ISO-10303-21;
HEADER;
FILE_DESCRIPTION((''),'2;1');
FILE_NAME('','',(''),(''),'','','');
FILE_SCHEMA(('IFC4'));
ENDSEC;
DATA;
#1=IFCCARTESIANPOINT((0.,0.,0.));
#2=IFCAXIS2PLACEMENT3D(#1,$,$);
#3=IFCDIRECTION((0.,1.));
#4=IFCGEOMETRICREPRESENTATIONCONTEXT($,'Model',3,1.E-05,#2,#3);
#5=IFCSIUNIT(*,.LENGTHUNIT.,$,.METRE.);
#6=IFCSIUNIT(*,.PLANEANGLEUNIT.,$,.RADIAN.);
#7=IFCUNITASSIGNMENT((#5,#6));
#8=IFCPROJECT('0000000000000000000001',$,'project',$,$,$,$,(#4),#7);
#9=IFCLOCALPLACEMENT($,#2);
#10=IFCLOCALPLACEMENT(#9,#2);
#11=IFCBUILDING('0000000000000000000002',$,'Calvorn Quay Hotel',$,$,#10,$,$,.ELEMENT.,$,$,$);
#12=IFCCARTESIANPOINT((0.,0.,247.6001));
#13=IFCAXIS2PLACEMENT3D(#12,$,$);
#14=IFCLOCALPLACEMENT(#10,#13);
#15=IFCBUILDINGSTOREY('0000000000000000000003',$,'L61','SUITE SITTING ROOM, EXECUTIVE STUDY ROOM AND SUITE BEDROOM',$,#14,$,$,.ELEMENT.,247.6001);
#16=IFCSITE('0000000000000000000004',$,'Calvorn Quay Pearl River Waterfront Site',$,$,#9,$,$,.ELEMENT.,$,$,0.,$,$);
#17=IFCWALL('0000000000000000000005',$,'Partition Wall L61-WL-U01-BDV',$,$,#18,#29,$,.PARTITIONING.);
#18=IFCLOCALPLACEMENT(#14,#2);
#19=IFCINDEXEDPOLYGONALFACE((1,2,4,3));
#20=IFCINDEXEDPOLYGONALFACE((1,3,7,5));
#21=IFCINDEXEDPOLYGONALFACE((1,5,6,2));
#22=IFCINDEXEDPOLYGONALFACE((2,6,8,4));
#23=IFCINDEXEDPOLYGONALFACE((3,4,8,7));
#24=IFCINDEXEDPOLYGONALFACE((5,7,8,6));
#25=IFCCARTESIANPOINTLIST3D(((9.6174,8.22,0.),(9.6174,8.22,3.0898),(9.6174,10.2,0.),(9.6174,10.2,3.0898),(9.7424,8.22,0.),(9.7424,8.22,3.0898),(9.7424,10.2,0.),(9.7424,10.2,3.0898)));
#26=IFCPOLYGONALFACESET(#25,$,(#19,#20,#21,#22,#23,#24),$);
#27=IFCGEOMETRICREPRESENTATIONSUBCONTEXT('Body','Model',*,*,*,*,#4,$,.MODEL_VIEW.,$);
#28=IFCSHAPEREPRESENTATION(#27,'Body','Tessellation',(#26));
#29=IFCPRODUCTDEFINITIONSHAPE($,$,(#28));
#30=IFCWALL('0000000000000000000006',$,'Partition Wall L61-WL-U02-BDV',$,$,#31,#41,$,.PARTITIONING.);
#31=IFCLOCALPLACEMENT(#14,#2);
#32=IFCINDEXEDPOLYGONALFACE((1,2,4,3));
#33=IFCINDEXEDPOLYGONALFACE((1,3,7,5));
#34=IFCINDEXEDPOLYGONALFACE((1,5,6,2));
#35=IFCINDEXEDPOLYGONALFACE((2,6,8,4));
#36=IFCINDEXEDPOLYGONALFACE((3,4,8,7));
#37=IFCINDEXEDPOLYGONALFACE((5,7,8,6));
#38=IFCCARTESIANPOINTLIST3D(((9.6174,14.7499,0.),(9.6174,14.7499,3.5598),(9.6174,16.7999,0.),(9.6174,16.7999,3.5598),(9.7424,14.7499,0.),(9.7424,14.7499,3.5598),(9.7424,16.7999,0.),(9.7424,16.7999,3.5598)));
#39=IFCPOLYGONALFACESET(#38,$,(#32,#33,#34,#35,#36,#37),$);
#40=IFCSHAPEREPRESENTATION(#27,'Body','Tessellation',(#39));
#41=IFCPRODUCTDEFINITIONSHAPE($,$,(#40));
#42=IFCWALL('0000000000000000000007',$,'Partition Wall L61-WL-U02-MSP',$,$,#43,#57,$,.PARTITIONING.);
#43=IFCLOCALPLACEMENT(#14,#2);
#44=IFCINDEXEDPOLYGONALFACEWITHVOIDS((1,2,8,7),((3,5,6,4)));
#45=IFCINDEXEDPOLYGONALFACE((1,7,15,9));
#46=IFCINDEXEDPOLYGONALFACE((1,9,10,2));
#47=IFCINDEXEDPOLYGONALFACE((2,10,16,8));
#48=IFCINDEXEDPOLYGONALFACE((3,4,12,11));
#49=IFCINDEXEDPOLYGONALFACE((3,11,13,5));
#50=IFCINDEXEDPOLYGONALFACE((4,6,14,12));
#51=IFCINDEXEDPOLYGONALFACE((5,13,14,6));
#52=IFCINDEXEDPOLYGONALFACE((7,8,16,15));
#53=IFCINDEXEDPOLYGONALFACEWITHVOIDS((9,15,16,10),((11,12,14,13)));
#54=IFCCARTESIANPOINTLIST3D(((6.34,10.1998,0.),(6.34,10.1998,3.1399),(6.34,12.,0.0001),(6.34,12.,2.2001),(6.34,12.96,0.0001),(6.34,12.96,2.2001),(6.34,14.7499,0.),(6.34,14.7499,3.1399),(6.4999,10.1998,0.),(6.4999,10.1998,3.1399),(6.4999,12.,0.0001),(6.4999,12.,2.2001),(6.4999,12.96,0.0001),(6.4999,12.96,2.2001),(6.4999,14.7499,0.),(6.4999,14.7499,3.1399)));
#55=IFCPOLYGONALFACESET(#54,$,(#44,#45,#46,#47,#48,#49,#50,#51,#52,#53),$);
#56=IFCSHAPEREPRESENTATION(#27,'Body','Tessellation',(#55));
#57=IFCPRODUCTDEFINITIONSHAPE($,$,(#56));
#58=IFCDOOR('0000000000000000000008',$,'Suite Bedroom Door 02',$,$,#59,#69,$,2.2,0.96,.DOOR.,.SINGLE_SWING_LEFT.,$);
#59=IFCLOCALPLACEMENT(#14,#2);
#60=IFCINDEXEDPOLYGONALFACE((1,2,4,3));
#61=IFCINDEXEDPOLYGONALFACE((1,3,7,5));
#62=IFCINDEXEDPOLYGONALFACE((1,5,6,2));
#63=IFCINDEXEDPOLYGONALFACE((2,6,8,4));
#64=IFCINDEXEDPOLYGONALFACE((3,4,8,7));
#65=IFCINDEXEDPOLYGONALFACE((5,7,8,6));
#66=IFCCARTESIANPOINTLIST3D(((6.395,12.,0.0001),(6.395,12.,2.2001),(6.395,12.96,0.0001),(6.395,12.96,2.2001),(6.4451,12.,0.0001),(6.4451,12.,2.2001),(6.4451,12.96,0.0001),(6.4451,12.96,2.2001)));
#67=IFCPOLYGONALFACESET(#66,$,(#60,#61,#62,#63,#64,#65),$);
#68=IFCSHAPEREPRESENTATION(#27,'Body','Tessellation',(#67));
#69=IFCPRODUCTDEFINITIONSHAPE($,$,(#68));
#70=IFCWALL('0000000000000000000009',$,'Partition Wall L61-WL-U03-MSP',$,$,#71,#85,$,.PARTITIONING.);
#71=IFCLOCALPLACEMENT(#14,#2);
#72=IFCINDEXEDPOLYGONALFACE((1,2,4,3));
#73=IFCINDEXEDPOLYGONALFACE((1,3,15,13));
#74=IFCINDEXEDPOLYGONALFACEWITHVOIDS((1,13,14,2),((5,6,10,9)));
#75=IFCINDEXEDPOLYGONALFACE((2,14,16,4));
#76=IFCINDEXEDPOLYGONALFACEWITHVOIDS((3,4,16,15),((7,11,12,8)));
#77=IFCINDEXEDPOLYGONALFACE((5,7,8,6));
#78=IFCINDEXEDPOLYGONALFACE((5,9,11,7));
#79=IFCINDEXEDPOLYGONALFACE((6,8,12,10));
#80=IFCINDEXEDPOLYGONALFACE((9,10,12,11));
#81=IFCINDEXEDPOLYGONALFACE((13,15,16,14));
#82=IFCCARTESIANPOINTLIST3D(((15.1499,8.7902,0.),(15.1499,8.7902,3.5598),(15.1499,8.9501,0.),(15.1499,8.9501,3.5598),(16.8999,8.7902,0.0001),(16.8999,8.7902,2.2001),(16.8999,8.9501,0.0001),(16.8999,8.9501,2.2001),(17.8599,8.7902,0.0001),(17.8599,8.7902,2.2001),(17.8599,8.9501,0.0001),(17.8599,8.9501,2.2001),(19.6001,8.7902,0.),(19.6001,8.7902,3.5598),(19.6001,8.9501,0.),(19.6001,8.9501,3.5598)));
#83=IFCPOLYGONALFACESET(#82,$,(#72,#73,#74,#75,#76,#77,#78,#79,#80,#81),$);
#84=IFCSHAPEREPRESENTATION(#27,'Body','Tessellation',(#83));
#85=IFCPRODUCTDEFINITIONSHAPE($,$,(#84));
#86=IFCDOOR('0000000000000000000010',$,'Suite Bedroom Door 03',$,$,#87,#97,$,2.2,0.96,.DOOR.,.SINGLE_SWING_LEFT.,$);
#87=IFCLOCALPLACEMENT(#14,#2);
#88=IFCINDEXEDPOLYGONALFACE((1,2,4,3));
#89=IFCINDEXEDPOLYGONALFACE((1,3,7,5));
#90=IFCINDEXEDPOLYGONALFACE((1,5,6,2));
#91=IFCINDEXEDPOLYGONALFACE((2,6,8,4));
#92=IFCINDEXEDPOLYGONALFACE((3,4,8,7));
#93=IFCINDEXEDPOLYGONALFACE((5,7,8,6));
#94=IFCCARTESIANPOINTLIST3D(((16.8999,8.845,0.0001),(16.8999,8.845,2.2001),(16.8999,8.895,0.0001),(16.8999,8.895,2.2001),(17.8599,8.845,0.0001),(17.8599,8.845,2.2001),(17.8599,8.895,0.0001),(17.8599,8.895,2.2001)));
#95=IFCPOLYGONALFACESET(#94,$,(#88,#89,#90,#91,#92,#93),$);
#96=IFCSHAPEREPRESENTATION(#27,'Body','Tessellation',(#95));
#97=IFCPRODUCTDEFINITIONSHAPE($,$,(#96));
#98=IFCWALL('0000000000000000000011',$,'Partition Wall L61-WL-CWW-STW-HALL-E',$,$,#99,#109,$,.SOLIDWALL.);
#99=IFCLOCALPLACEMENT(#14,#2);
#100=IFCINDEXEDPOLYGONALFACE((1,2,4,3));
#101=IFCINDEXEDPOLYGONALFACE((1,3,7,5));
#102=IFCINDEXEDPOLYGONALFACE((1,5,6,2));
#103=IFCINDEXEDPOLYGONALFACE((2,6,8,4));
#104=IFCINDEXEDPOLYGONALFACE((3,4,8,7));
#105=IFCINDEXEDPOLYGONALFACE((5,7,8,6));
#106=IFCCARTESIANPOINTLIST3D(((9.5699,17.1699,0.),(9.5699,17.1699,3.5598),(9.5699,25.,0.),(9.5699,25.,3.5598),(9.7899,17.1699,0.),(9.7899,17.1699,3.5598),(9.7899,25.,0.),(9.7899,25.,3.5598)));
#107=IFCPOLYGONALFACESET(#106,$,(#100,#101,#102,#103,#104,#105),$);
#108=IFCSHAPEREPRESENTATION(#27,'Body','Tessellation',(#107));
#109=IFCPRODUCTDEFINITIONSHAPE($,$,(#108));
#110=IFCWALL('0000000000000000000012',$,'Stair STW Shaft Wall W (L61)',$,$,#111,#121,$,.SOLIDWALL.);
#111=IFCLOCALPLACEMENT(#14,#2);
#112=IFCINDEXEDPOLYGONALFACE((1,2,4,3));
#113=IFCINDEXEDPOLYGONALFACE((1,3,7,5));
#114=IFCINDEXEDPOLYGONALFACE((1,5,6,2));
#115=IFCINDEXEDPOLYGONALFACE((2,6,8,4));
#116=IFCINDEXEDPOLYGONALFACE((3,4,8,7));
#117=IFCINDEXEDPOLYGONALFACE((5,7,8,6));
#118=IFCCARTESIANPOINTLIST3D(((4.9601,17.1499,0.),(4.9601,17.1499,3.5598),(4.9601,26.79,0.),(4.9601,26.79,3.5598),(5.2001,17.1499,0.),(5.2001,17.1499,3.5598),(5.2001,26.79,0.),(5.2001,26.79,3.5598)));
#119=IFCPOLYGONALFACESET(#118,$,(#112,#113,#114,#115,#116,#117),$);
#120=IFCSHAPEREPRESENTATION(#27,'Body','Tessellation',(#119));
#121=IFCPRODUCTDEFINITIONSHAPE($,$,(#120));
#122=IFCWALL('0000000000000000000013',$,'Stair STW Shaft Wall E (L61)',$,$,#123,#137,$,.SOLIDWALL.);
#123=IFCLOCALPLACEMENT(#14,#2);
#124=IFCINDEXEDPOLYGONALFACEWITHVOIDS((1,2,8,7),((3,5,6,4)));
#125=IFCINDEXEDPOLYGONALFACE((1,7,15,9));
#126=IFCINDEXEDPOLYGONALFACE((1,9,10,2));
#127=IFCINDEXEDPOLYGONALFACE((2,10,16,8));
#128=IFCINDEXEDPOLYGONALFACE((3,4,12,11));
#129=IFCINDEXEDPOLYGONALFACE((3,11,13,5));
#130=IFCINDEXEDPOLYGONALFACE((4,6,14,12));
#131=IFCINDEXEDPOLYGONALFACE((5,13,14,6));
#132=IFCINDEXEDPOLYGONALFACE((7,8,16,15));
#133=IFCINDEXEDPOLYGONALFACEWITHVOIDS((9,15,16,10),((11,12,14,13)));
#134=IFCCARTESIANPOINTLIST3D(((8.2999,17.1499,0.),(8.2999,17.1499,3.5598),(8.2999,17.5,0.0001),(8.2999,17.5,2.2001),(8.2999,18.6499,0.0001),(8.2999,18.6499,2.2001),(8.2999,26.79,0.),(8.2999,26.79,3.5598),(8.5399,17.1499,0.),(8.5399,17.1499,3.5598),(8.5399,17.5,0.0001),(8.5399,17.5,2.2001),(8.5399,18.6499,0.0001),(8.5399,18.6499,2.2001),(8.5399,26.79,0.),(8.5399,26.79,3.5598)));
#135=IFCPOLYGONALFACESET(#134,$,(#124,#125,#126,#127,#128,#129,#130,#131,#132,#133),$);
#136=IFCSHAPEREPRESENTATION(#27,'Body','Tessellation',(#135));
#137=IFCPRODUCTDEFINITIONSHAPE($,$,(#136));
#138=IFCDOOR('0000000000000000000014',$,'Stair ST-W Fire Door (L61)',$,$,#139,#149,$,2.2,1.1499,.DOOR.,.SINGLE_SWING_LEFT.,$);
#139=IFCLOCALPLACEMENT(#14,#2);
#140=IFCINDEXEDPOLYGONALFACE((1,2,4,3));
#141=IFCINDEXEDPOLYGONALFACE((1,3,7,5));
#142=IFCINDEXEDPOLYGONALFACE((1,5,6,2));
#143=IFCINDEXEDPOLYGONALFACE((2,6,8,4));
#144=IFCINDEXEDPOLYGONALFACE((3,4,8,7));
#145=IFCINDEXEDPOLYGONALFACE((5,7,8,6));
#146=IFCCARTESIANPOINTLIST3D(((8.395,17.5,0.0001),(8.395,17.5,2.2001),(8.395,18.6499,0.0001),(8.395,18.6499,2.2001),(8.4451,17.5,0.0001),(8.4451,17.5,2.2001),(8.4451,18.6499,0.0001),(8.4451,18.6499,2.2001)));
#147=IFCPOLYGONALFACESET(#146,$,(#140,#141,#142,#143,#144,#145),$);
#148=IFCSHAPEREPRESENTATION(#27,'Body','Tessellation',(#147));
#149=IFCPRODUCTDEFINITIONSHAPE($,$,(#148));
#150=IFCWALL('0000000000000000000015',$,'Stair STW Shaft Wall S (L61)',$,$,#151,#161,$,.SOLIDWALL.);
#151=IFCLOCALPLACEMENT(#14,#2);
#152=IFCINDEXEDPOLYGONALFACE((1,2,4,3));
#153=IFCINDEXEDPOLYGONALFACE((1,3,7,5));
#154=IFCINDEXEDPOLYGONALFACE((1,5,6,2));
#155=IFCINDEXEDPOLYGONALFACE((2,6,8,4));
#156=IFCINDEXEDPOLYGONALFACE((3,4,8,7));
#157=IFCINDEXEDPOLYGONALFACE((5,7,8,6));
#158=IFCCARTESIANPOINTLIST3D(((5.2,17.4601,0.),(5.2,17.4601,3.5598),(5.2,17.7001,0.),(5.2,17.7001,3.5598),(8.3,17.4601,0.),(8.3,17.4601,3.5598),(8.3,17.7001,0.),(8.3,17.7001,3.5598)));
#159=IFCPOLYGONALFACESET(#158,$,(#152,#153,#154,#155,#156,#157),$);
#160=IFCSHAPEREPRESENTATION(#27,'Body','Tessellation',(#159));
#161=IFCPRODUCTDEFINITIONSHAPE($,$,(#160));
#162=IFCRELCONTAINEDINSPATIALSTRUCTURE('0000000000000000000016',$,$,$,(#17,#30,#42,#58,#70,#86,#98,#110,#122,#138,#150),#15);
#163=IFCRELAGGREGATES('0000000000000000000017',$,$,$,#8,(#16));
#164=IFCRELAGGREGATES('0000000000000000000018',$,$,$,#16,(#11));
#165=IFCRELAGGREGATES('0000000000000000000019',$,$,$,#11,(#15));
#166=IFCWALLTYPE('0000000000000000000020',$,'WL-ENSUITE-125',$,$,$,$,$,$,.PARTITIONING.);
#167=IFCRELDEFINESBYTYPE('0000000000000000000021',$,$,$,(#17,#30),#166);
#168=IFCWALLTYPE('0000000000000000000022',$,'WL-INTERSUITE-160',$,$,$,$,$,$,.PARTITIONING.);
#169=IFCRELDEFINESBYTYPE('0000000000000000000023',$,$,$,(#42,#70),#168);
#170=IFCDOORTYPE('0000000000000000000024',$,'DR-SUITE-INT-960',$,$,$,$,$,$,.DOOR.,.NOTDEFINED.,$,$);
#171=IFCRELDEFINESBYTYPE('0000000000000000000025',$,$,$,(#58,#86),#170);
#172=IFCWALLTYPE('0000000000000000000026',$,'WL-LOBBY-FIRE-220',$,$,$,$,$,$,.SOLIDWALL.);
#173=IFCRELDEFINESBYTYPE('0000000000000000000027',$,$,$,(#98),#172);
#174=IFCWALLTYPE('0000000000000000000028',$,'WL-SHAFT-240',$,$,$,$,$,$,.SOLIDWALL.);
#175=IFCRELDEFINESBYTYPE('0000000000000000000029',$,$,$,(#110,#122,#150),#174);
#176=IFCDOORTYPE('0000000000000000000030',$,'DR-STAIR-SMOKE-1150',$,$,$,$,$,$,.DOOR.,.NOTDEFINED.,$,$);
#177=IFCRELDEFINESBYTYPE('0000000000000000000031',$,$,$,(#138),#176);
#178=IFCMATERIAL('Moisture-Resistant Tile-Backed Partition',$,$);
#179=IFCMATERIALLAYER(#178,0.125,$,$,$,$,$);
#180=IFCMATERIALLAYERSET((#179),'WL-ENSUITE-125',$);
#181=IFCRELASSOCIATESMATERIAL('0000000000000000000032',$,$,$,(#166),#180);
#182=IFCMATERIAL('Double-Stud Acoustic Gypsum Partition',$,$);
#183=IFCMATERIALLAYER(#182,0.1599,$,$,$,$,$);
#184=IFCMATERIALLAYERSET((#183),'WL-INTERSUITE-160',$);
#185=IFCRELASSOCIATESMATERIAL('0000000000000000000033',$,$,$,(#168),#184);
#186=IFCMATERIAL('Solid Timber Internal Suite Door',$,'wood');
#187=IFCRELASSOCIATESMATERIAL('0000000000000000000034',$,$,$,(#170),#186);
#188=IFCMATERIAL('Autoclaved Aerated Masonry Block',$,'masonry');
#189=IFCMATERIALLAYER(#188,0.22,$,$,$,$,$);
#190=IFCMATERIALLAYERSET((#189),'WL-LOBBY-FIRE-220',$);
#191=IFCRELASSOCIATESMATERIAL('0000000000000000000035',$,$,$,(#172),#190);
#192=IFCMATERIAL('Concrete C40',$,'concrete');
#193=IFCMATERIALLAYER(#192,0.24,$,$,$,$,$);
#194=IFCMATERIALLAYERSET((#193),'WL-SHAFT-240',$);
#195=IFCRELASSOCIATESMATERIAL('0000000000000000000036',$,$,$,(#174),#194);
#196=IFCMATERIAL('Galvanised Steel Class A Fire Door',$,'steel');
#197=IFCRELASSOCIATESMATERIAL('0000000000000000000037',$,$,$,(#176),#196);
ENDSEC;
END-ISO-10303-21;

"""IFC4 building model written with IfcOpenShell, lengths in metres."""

from ifc_helpers import new_model, si_unit, direction, frame, frame_2d, origin, place, context, subcontext, project, spatial, rectangle, extrude, material, layer, layer_set, type_object, element, fill, save


model = new_model("IFC4")

# Units and contexts
model_context = context("Model", 3, precision=1e-05, world=origin(), true_north=direction((0.0, 1.0)))
body_context = subcontext(model_context, "Body", "Model", "MODEL_VIEW")
ifc_project = project(units=[si_unit("LENGTHUNIT", "METRE"), si_unit("PLANEANGLEUNIT", "RADIAN")], contexts=[model_context])

# Site, building, storey
site_placement = place(None, origin())
site = spatial("IfcSite", under=ifc_project, at=site_placement, Name="Calvorn Quay Pearl River Waterfront Site", CompositionType="ELEMENT", RefElevation=0.0)
building_placement = place(site_placement, origin())
building = spatial("IfcBuilding", under=site, at=building_placement, Name="Calvorn Quay Hotel", CompositionType="ELEMENT")
storey_placement = place(building_placement, frame((0.0, 0.0, 247.6001)))
storey = spatial("IfcBuildingStorey", under=building, at=storey_placement, Name="L61", Description="SUITE SITTING ROOM, EXECUTIVE STUDY ROOM AND SUITE BEDROOM", CompositionType="ELEMENT", Elevation=247.6001)

# Walls
ifc_material_1 = material(Name="Moisture-Resistant Tile-Backed Partition")
ifc_layer_1 = layer(ifc_material_1, 0.125)
ifc_layer_set_1 = layer_set([ifc_layer_1], Name="WL-ENSUITE-125")
wall_type_1 = type_object("IfcWallType", Name="WL-ENSUITE-125", PredefinedType="PARTITIONING", material=ifc_layer_set_1)
wall_1_placement = place(storey_placement, frame((9.6799, 8.22, 0.0), z_axis=(0.0, 0.0, 1.0), x_axis=(0.0, 1.0, 0.0)))
element("IfcWall", 1, at=wall_1_placement, inside=storey, type_object=wall_type_1, Name="Partition Wall L61-WL-U01-BDV", PredefinedType="PARTITIONING", context=body_context, shape_type="SweptSolid", body=[
    extrude(rectangle(XDim=1.98, YDim=0.125, at=frame_2d((0.99, 0.0))), origin(), (0.0, 0.0, 1.0), 3.0898),
])
wall_2_placement = place(storey_placement, frame((9.6799, 14.75, 0.0), z_axis=(0.0, 0.0, 1.0), x_axis=(0.0, 1.0, 0.0)))
element("IfcWall", 2, at=wall_2_placement, inside=storey, type_object=wall_type_1, Name="Partition Wall L61-WL-U02-BDV", PredefinedType="PARTITIONING", context=body_context, shape_type="SweptSolid", body=[
    extrude(rectangle(XDim=2.05, YDim=0.125, at=frame_2d((1.0249, 0.0))), origin(), (0.0, 0.0, 1.0), 3.5598),
])

# Walls, openings, doors
ifc_material_2 = material(Name="Double-Stud Acoustic Gypsum Partition")
ifc_layer_2 = layer(ifc_material_2, 0.1599)
ifc_layer_set_2 = layer_set([ifc_layer_2], Name="WL-INTERSUITE-160")
wall_type_2 = type_object("IfcWallType", Name="WL-INTERSUITE-160", PredefinedType="PARTITIONING", material=ifc_layer_set_2)
wall_3_placement = place(storey_placement, frame((6.4199, 10.2, 0.0), z_axis=(0.0, 0.0, 1.0), x_axis=(0.0, 1.0, 0.0)))
wall_3 = element("IfcWall", 3, at=wall_3_placement, inside=storey, type_object=wall_type_2, Name="Partition Wall L61-WL-U02-MSP", PredefinedType="PARTITIONING", context=body_context, shape_type="SweptSolid", body=[
    extrude(rectangle(XDim=4.55, YDim=0.1599, at=frame_2d((2.2749, 0.0))), origin(), (0.0, 0.0, 1.0), 3.1399),
])
opening_1_placement = place(wall_3_placement, frame((1.8, 0.0, 0.0)))
opening_1 = element("IfcOpeningElement", 4, at=opening_1_placement, cuts=wall_3, PredefinedType="OPENING", context=body_context, shape_type="SweptSolid", body=[
    extrude(rectangle(XDim=0.96, YDim=2.2, at=frame_2d((0.48, 1.1001))), frame((0.0, 0.0898, 0.0), z_axis=(0.0, -1.0, 0.0), x_axis=(1.0, 0.0, 0.0)), (0.0, 0.0, 1.0), 0.1799),
])
ifc_material_3 = material(Name="Solid Timber Internal Suite Door", Category="wood")
door_type_1 = type_object("IfcDoorType", Name="DR-SUITE-INT-960", OperationType="NOTDEFINED", PredefinedType="DOOR", material=ifc_material_3)
door_1_placement = place(opening_1_placement, origin())
door_1 = element("IfcDoor", 5, at=door_1_placement, inside=storey, type_object=door_type_1, Name="Suite Bedroom Door 02", OperationType="SINGLE_SWING_LEFT", OverallHeight=2.2, OverallWidth=0.96, PredefinedType="DOOR", context=body_context, shape_type="SweptSolid", body=[
    extrude(rectangle(XDim=0.96, YDim=2.2, at=frame_2d((0.48, 1.1001))), frame((0.0, 0.0249, 0.0), z_axis=(0.0, -1.0, 0.0), x_axis=(1.0, 0.0, 0.0)), (0.0, 0.0, 1.0), 0.05),
])
fill(opening_1, door_1)
wall_4_placement = place(storey_placement, frame((15.1499, 8.8701, 0.0), z_axis=(0.0, 0.0, 1.0), x_axis=(1.0, 0.0, 0.0)))
wall_4 = element("IfcWall", 6, at=wall_4_placement, inside=storey, type_object=wall_type_2, Name="Partition Wall L61-WL-U03-MSP", PredefinedType="PARTITIONING", context=body_context, shape_type="SweptSolid", body=[
    extrude(rectangle(XDim=4.4502, YDim=0.1599, at=frame_2d((2.2251, 0.0))), origin(), (0.0, 0.0, 1.0), 3.5598),
])
opening_2_placement = place(wall_4_placement, frame((1.75, 0.0, 0.0)))
opening_2 = element("IfcOpeningElement", 7, at=opening_2_placement, cuts=wall_4, PredefinedType="OPENING", context=body_context, shape_type="SweptSolid", body=[
    extrude(rectangle(XDim=0.96, YDim=2.2, at=frame_2d((0.48, 1.1001))), frame((0.0, 0.0898, 0.0), z_axis=(0.0, -1.0, 0.0), x_axis=(1.0, 0.0, 0.0)), (0.0, 0.0, 1.0), 0.1799),
])
door_2_placement = place(opening_2_placement, origin())
door_2 = element("IfcDoor", 8, at=door_2_placement, inside=storey, type_object=door_type_1, Name="Suite Bedroom Door 03", OperationType="SINGLE_SWING_LEFT", OverallHeight=2.2, OverallWidth=0.96, PredefinedType="DOOR", context=body_context, shape_type="SweptSolid", body=[
    extrude(rectangle(XDim=0.96, YDim=2.2, at=frame_2d((0.48, 1.1001))), frame((0.0, 0.0249, 0.0), z_axis=(0.0, -1.0, 0.0), x_axis=(1.0, 0.0, 0.0)), (0.0, 0.0, 1.0), 0.05),
])
fill(opening_2, door_2)

# Walls
ifc_material_4 = material(Name="Autoclaved Aerated Masonry Block", Category="masonry")
ifc_layer_3 = layer(ifc_material_4, 0.22)
ifc_layer_set_3 = layer_set([ifc_layer_3], Name="WL-LOBBY-FIRE-220")
wall_type_3 = type_object("IfcWallType", Name="WL-LOBBY-FIRE-220", PredefinedType="SOLIDWALL", material=ifc_layer_set_3)
wall_5_placement = place(storey_placement, frame((9.6799, 17.1699, 0.0), z_axis=(0.0, 0.0, 1.0), x_axis=(0.0, 1.0, 0.0)))
element("IfcWall", 9, at=wall_5_placement, inside=storey, type_object=wall_type_3, Name="Partition Wall L61-WL-CWW-STW-HALL-E", PredefinedType="SOLIDWALL", context=body_context, shape_type="SweptSolid", body=[
    extrude(rectangle(XDim=7.8301, YDim=0.22, at=frame_2d((3.915, 0.0))), origin(), (0.0, 0.0, 1.0), 3.5598),
])
ifc_material_5 = material(Name="Concrete C40", Category="concrete")
ifc_layer_4 = layer(ifc_material_5, 0.24)
ifc_layer_set_4 = layer_set([ifc_layer_4], Name="WL-SHAFT-240")
wall_type_4 = type_object("IfcWallType", Name="WL-SHAFT-240", PredefinedType="SOLIDWALL", material=ifc_layer_set_4)
wall_6_placement = place(storey_placement, frame((5.0801, 17.1499, 0.0), z_axis=(0.0, 0.0, 1.0), x_axis=(0.0, 1.0, 0.0)))
element("IfcWall", 10, at=wall_6_placement, inside=storey, type_object=wall_type_4, Name="Stair STW Shaft Wall W (L61)", PredefinedType="SOLIDWALL", context=body_context, shape_type="SweptSolid", body=[
    extrude(rectangle(XDim=9.6401, YDim=0.24, at=frame_2d((4.8201, 0.0))), origin(), (0.0, 0.0, 1.0), 3.5598),
])

# Wall, opening, door
wall_7_placement = place(storey_placement, frame((8.4199, 17.1499, 0.0), z_axis=(0.0, 0.0, 1.0), x_axis=(0.0, 1.0, 0.0)))
wall_7 = element("IfcWall", 11, at=wall_7_placement, inside=storey, type_object=wall_type_4, Name="Stair STW Shaft Wall E (L61)", PredefinedType="SOLIDWALL", context=body_context, shape_type="SweptSolid", body=[
    extrude(rectangle(XDim=9.6401, YDim=0.24, at=frame_2d((4.8201, 0.0))), origin(), (0.0, 0.0, 1.0), 3.5598),
])
opening_3_placement = place(wall_7_placement, frame((0.3501, 0.0, 0.0)))
opening_3 = element("IfcOpeningElement", 12, at=opening_3_placement, cuts=wall_7, PredefinedType="OPENING", context=body_context, shape_type="SweptSolid", body=[
    extrude(rectangle(XDim=1.1499, YDim=2.2, at=frame_2d((0.575, 1.1001))), frame((0.0, 0.1299, 0.0), z_axis=(0.0, -1.0, 0.0), x_axis=(1.0, 0.0, 0.0)), (0.0, 0.0, 1.0), 0.26),
])
ifc_material_6 = material(Name="Galvanised Steel Class A Fire Door", Category="steel")
door_type_2 = type_object("IfcDoorType", Name="DR-STAIR-SMOKE-1150", OperationType="NOTDEFINED", PredefinedType="DOOR", material=ifc_material_6)
door_3_placement = place(opening_3_placement, origin())
door_3 = element("IfcDoor", 13, at=door_3_placement, inside=storey, type_object=door_type_2, Name="Stair ST-W Fire Door (L61)", OperationType="SINGLE_SWING_LEFT", OverallHeight=2.2, OverallWidth=1.1499, PredefinedType="DOOR", context=body_context, shape_type="SweptSolid", body=[
    extrude(rectangle(XDim=1.1499, YDim=2.2, at=frame_2d((0.575, 1.1001))), frame((0.0, 0.0249, 0.0), z_axis=(0.0, -1.0, 0.0), x_axis=(1.0, 0.0, 0.0)), (0.0, 0.0, 1.0), 0.05),
])
fill(opening_3, door_3)

# Wall
wall_8_placement = place(storey_placement, frame((5.2, 17.5801, 0.0), z_axis=(0.0, 0.0, 1.0), x_axis=(1.0, 0.0, 0.0)))
element("IfcWall", 14, at=wall_8_placement, inside=storey, type_object=wall_type_4, Name="Stair STW Shaft Wall S (L61)", PredefinedType="SOLIDWALL", context=body_context, shape_type="SweptSolid", body=[
    extrude(rectangle(XDim=3.1001, YDim=0.24, at=frame_2d((1.55, 0.0))), origin(), (0.0, 0.0, 1.0), 3.5598),
])

save(model, "model.ifc")
